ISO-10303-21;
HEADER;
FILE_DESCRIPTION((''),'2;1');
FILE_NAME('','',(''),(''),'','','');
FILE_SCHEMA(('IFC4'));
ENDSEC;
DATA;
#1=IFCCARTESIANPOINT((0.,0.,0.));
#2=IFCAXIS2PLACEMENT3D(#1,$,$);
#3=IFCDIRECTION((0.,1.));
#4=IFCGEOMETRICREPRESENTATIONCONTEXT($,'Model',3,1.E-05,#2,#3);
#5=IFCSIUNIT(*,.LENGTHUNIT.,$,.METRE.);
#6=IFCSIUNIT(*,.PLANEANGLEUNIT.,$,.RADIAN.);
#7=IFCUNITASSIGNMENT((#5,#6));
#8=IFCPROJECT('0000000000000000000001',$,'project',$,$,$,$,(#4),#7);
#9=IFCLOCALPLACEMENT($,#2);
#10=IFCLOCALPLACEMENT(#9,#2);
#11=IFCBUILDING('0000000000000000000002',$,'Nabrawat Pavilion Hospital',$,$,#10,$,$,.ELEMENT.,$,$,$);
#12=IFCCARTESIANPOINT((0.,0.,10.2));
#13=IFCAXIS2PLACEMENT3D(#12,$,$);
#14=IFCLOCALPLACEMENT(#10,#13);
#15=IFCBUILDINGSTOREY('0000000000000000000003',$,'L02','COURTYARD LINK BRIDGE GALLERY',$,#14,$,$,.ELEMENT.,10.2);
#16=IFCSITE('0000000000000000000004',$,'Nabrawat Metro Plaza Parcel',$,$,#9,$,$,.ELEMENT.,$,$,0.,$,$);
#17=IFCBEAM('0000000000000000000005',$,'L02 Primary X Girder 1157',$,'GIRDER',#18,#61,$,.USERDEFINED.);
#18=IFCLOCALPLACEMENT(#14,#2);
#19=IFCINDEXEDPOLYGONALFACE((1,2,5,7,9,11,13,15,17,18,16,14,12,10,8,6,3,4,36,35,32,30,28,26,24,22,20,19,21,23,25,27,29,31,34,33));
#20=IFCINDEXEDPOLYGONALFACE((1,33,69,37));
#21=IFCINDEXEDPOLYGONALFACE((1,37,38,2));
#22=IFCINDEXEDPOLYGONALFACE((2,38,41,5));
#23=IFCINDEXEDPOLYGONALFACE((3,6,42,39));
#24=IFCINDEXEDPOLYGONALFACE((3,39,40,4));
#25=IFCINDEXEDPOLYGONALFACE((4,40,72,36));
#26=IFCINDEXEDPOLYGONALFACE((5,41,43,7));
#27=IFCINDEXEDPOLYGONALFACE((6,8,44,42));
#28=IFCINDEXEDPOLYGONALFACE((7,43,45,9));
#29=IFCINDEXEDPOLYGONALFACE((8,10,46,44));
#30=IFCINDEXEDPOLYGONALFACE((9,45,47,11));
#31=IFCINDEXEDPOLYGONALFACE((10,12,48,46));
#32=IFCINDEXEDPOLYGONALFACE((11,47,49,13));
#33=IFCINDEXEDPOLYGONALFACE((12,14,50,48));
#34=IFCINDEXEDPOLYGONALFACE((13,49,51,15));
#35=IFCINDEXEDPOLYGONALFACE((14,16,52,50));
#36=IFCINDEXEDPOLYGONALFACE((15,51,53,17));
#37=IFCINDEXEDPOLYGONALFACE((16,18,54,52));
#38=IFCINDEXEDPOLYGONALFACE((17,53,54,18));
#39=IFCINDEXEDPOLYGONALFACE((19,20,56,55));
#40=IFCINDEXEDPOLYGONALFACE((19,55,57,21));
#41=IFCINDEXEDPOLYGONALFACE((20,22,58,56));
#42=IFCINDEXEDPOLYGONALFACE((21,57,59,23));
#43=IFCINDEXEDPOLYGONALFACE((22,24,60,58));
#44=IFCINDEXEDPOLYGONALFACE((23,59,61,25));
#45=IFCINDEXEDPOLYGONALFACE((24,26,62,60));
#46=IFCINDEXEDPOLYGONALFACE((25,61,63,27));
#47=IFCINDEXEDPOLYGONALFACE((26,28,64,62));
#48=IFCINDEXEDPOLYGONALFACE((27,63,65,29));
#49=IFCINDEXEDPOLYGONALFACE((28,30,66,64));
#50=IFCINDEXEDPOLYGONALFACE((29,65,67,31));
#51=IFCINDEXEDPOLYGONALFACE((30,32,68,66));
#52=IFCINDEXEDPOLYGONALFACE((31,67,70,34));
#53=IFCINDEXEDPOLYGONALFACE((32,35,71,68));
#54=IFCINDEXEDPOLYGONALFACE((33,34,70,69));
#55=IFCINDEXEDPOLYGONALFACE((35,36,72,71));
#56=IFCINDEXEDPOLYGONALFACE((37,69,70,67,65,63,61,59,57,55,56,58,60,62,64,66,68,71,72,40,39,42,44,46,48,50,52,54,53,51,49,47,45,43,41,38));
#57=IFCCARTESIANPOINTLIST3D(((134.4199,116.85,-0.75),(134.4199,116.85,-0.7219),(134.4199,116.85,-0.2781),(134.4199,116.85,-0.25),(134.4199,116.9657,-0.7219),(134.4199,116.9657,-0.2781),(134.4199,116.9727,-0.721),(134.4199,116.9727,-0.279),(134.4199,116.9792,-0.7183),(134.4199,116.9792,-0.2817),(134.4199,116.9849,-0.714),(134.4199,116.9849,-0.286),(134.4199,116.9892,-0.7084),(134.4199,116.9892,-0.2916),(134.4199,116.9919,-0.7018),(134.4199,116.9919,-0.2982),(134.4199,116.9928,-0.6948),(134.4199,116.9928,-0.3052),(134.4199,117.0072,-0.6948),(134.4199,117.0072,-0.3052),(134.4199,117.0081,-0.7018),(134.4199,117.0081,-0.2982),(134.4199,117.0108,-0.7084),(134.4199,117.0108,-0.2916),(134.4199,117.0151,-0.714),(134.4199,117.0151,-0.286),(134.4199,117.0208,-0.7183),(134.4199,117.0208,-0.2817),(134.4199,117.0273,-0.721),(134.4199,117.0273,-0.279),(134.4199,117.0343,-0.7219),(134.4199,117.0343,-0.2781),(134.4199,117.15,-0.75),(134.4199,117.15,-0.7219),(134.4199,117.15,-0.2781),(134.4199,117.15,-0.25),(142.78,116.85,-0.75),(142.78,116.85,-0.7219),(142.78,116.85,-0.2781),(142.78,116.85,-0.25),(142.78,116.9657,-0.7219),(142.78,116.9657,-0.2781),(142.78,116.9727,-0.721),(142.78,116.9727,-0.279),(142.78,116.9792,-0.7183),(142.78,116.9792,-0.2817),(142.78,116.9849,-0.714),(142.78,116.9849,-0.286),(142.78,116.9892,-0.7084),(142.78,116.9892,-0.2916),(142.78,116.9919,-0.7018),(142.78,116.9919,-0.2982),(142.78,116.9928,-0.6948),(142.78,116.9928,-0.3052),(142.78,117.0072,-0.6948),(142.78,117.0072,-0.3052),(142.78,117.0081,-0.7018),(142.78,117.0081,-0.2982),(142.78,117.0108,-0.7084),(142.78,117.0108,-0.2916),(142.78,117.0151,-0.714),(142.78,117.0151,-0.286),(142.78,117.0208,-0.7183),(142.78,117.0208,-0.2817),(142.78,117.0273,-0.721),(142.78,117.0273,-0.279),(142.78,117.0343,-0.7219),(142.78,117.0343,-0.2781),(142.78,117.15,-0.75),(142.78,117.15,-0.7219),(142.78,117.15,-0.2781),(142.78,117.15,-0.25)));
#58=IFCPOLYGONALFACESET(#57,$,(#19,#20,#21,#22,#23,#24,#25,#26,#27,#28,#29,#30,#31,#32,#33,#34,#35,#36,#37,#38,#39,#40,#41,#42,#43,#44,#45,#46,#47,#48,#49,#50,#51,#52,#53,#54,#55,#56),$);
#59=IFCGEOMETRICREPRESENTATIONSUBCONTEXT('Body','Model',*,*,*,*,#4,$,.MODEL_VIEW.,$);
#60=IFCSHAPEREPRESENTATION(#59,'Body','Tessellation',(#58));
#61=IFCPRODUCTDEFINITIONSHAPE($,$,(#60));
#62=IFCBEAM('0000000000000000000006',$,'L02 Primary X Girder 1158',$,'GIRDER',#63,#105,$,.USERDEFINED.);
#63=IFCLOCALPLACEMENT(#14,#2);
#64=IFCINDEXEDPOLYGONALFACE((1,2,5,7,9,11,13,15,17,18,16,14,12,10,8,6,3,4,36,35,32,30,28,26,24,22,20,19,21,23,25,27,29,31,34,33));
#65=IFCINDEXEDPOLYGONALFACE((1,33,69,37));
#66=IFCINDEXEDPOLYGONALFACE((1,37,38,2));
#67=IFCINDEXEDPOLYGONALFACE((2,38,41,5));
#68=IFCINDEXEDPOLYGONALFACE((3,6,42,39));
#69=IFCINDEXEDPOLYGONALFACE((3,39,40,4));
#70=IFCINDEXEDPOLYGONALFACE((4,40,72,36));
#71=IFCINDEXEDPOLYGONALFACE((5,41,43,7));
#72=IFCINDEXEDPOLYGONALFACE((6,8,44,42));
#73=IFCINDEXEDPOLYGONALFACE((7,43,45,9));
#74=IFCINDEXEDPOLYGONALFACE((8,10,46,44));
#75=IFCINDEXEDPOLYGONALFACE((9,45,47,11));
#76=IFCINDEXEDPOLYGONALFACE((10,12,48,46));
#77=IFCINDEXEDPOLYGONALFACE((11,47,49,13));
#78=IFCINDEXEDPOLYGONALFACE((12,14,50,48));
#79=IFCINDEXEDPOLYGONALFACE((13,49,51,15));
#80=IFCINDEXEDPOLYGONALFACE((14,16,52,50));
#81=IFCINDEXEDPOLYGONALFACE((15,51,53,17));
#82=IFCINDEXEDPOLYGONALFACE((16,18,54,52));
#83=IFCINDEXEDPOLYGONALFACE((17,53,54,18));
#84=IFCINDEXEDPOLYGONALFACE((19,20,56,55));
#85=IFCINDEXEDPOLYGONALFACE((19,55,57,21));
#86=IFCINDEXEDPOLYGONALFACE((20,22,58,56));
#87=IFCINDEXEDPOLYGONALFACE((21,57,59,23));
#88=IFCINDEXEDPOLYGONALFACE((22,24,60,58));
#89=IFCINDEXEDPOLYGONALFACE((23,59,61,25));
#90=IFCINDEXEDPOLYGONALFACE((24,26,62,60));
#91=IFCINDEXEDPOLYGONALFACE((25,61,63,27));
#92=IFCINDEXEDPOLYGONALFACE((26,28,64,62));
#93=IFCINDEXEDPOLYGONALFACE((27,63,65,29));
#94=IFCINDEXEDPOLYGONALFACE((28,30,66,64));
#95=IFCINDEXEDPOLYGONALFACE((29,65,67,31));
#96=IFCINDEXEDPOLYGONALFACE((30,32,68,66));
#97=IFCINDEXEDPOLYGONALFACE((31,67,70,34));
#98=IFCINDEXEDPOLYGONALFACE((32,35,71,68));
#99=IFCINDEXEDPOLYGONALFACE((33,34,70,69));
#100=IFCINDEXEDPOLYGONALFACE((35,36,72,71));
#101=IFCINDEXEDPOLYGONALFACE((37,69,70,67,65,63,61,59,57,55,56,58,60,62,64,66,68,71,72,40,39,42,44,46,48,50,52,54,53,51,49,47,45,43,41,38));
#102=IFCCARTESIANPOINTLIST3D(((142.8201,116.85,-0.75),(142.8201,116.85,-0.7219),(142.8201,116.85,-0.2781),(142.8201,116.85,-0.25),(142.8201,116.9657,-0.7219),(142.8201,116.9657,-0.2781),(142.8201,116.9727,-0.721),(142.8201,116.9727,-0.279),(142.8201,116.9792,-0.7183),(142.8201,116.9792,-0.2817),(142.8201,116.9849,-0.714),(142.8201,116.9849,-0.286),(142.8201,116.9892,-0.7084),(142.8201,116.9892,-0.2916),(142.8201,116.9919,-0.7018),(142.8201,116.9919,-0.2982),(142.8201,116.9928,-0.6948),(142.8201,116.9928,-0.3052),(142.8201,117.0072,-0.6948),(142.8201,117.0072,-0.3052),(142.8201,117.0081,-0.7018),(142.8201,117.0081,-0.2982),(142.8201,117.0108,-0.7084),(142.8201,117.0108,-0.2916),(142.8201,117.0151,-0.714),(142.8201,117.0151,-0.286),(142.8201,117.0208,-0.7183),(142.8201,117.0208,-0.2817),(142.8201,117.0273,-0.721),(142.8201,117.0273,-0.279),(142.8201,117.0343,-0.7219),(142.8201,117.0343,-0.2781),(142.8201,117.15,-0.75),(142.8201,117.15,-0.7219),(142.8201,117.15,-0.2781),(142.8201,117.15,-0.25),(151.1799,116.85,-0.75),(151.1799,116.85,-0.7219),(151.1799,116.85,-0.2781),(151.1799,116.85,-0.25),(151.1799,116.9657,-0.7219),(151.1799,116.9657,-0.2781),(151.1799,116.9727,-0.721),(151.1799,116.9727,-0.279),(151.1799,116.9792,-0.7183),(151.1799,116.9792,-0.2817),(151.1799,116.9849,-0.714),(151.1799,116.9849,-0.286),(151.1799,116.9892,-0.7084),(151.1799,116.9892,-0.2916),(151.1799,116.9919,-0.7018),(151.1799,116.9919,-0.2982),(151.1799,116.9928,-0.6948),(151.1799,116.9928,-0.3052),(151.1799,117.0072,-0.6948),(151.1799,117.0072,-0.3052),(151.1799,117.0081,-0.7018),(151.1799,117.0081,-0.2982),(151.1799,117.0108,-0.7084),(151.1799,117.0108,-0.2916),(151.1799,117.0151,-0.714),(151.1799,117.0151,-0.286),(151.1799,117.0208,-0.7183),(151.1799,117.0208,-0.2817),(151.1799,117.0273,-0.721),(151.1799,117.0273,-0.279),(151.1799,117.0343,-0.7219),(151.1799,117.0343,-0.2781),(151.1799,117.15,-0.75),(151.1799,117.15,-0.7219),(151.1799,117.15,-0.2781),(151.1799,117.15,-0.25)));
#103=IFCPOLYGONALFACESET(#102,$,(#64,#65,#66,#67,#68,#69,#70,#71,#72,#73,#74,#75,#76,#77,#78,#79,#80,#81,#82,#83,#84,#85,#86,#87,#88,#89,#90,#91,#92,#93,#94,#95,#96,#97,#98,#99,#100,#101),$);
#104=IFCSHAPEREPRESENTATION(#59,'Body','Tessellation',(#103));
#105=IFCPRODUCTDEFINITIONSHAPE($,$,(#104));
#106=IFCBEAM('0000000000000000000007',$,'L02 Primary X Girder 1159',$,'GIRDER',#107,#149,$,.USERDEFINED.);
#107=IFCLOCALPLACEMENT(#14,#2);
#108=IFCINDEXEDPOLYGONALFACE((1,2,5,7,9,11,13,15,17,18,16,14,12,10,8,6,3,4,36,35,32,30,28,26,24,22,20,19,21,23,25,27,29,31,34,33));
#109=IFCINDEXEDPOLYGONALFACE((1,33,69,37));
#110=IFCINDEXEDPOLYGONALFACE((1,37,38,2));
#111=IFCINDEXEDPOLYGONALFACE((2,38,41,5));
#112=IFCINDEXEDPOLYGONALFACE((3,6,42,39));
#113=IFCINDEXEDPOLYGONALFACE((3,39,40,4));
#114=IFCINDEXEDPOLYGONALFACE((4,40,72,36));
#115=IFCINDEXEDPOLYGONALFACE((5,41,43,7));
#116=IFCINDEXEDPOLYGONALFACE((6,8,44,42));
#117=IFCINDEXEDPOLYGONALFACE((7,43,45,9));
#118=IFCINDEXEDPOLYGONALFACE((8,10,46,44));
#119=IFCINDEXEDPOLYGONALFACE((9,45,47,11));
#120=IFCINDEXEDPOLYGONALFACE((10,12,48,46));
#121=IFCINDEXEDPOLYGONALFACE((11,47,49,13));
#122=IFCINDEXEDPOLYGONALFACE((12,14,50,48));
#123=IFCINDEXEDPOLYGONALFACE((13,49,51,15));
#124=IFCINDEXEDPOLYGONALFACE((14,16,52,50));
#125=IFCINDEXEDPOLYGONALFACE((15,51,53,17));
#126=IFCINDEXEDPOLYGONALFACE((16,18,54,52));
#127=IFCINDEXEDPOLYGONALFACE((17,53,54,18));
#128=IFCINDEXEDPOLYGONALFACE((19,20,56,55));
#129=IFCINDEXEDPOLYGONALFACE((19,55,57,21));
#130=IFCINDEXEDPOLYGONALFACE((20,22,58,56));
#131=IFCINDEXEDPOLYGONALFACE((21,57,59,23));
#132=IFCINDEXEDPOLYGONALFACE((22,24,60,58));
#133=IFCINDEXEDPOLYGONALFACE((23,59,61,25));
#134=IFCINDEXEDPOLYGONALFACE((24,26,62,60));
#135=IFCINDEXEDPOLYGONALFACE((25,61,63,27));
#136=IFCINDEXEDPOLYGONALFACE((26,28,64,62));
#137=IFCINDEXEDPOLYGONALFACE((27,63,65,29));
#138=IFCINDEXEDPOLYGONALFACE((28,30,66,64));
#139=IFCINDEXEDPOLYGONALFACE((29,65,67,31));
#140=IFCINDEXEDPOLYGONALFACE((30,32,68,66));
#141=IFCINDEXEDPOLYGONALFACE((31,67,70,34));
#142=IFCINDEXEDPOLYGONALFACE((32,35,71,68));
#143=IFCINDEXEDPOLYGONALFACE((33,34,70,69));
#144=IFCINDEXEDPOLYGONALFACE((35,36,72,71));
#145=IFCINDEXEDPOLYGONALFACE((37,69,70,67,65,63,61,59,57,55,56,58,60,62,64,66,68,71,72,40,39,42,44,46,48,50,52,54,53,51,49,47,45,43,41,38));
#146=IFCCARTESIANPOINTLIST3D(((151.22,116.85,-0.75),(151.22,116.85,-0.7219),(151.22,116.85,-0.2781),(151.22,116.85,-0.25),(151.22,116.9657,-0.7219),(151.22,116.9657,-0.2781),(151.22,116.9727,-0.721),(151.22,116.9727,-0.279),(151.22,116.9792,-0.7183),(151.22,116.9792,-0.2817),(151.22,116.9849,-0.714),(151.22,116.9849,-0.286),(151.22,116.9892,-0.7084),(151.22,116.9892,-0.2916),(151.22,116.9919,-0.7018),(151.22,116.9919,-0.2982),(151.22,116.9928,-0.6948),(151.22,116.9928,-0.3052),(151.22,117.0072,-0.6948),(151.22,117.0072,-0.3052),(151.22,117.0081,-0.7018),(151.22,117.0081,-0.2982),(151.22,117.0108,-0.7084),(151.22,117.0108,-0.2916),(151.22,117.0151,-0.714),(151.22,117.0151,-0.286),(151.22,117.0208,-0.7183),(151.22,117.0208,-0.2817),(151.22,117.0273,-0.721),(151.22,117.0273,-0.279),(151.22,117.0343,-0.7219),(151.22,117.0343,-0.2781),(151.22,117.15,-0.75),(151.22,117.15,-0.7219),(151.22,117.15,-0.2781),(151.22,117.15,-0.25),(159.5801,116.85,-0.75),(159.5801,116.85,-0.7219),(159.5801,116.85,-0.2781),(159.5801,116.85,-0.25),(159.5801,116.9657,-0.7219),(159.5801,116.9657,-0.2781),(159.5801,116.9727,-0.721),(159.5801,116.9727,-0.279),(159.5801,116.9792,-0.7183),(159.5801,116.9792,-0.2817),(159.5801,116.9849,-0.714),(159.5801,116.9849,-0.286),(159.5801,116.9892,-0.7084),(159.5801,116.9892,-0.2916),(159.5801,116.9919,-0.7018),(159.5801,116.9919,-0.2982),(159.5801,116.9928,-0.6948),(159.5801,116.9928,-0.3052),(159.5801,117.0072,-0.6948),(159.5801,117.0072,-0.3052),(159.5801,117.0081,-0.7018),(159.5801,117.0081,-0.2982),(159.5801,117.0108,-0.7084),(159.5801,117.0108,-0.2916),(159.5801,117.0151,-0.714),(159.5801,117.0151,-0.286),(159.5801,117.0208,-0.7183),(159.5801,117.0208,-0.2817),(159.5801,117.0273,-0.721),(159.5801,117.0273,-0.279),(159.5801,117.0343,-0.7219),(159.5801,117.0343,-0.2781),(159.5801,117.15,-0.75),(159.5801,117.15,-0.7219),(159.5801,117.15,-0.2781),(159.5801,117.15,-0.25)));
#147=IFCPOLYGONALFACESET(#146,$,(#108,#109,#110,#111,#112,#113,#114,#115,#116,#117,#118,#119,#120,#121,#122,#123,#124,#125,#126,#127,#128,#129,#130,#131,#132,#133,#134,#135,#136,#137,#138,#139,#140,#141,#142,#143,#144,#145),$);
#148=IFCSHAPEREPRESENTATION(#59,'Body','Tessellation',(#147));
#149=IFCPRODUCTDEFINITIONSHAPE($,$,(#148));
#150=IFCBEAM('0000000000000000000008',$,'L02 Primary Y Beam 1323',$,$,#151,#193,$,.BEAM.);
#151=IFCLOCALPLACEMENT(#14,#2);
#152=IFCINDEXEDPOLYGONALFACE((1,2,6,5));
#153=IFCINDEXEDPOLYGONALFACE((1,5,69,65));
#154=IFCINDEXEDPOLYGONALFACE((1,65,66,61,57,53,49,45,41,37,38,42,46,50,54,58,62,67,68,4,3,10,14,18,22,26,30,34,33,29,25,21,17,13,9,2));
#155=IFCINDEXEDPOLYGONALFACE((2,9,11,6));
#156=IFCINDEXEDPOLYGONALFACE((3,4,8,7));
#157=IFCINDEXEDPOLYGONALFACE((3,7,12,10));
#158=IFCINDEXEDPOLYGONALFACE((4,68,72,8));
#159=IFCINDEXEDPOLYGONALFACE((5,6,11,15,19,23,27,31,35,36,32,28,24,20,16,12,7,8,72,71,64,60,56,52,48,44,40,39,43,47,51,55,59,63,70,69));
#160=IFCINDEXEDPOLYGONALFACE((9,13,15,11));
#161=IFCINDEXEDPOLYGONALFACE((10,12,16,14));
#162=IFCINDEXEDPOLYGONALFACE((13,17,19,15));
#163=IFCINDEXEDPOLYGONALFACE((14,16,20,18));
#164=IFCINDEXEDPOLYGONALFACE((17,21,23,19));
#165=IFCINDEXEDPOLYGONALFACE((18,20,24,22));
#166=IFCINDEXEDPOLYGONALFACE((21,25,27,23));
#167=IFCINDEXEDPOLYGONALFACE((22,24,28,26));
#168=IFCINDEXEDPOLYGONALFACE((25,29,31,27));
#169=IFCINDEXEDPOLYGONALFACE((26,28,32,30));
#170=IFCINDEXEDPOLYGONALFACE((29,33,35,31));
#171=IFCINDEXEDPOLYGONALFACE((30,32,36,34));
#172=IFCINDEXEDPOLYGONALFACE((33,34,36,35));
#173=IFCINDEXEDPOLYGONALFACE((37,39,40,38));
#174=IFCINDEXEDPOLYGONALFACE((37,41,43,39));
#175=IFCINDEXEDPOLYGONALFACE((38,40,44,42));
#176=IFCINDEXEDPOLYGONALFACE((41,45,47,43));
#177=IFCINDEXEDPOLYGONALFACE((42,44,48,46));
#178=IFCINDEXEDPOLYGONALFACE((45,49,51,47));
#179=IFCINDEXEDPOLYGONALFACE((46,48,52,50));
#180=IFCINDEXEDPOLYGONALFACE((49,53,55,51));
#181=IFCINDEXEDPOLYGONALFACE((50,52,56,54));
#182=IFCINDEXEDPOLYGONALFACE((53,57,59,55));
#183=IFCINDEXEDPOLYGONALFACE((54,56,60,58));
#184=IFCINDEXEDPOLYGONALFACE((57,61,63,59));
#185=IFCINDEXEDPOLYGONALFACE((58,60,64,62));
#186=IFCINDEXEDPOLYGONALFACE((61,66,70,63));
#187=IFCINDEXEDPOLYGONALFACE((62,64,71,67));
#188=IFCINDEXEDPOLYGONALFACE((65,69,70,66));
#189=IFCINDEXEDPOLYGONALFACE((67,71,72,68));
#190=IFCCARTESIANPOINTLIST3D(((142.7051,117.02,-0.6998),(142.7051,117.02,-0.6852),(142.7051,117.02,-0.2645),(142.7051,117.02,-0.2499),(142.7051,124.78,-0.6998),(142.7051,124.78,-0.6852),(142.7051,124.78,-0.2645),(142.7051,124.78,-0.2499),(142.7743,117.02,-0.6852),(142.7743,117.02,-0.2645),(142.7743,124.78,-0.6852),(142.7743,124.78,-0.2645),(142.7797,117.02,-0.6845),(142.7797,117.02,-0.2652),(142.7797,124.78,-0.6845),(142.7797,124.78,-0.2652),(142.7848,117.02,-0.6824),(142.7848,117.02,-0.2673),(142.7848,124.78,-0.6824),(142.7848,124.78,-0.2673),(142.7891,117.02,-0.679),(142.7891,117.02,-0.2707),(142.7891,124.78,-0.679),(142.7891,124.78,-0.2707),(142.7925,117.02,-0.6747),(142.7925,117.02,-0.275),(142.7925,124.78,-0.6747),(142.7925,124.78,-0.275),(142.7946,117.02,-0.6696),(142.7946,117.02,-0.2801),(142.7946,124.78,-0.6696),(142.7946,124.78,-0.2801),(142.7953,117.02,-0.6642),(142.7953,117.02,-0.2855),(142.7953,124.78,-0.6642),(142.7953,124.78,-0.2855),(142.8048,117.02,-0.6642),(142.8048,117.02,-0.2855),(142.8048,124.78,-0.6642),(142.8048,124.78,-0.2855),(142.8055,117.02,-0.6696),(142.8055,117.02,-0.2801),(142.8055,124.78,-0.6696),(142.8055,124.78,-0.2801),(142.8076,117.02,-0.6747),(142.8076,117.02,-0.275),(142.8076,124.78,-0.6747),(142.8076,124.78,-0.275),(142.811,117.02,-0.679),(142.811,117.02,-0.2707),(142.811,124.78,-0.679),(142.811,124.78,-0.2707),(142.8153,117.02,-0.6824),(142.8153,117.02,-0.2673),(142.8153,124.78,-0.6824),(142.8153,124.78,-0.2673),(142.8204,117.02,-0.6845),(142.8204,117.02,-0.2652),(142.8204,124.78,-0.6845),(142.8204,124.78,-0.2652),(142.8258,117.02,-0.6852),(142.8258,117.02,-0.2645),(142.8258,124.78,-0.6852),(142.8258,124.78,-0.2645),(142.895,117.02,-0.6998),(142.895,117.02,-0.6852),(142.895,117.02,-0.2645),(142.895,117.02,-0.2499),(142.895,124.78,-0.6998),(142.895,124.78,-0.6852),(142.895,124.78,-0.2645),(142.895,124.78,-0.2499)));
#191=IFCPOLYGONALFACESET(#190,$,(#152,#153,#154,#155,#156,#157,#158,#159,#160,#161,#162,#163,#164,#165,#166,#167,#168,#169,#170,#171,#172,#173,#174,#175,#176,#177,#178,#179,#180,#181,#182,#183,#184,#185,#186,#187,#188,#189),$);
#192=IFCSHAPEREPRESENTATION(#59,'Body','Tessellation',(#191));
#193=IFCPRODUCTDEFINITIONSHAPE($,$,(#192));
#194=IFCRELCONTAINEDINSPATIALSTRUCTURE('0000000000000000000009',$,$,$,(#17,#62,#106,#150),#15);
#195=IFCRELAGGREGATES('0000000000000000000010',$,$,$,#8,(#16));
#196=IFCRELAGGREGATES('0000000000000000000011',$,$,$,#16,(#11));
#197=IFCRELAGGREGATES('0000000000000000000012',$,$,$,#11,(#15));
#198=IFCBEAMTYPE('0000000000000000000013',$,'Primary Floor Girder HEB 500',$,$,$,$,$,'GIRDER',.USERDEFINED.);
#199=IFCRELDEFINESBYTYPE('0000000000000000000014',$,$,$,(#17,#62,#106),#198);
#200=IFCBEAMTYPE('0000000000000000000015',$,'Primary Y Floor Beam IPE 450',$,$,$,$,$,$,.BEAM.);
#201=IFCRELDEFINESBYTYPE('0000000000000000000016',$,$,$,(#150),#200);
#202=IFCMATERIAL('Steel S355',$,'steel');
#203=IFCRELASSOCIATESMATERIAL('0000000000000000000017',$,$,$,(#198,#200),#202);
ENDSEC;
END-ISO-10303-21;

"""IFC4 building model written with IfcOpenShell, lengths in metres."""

from ifc_helpers import new_model, si_unit, direction, frame, origin, origin_2d, place, context, subcontext, project, spatial, i_section, extrude, material, material_profile, profile_set, type_object, element, save


model = new_model("IFC4")

# Units and contexts
model_context = context("Model", 3, precision=1e-05, world=origin(), true_north=direction((0.0, 1.0)))
body_context = subcontext(model_context, "Body", "Model", "MODEL_VIEW")
ifc_project = project(units=[si_unit("LENGTHUNIT", "METRE"), si_unit("PLANEANGLEUNIT", "RADIAN")], contexts=[model_context])

# Site, building, storey
site_placement = place(None, origin())
site = spatial("IfcSite", under=ifc_project, at=site_placement, Name="Nabrawat Metro Plaza Parcel", CompositionType="ELEMENT", RefElevation=0.0)
building_placement = place(site_placement, origin())
building = spatial("IfcBuilding", under=site, at=building_placement, Name="Nabrawat Pavilion Hospital", CompositionType="ELEMENT")
storey_placement = place(building_placement, frame((0.0, 0.0, 10.2)))
storey = spatial("IfcBuildingStorey", under=building, at=storey_placement, Name="L02", Description="COURTYARD LINK BRIDGE GALLERY", CompositionType="ELEMENT", Elevation=10.2)

# Beams
ifc_material_1 = material(Name="Steel S355", Category="steel")
ifc_material_profile_1 = material_profile(ifc_material_1, i_section(OverallWidth=0.3, OverallDepth=0.5, WebThickness=0.0144, FlangeThickness=0.0281, FilletRadius=0.0271, at=origin_2d()), Name="HEB 500")
ifc_profile_set_1 = profile_set([ifc_material_profile_1], Name="Steel S355")
beam_type_1 = type_object("IfcBeamType", Name="Primary Floor Girder HEB 500", ElementType="GIRDER", PredefinedType="USERDEFINED", material=ifc_profile_set_1)
beam_1_placement = place(storey_placement, frame((134.4199, 117.0, -0.5), z_axis=(1.0, 0.0, 0.0), x_axis=(0.0, 1.0, 0.0)))
element("IfcBeam", 1, at=beam_1_placement, inside=storey, type_object=beam_type_1, Name="L02 Primary X Girder 1157", ObjectType="GIRDER", PredefinedType="USERDEFINED", context=body_context, shape_type="SweptSolid", body=[
    extrude(i_section(OverallWidth=0.3, OverallDepth=0.5, WebThickness=0.0144, FlangeThickness=0.0281, FilletRadius=0.0271, at=origin_2d()), origin(), (0.0, 0.0, 1.0), 8.3601),
])
beam_2_placement = place(storey_placement, frame((142.8201, 117.0, -0.5), z_axis=(1.0, 0.0, 0.0), x_axis=(0.0, 1.0, 0.0)))
element("IfcBeam", 2, at=beam_2_placement, inside=storey, type_object=beam_type_1, Name="L02 Primary X Girder 1158", ObjectType="GIRDER", PredefinedType="USERDEFINED", context=body_context, shape_type="SweptSolid", body=[
    extrude(i_section(OverallWidth=0.3, OverallDepth=0.5, WebThickness=0.0144, FlangeThickness=0.0281, FilletRadius=0.0271, at=origin_2d()), origin(), (0.0, 0.0, 1.0), 8.3599),
])
beam_3_placement = place(storey_placement, frame((151.22, 117.0, -0.5), z_axis=(1.0, 0.0, 0.0), x_axis=(0.0, 1.0, 0.0)))
element("IfcBeam", 3, at=beam_3_placement, inside=storey, type_object=beam_type_1, Name="L02 Primary X Girder 1159", ObjectType="GIRDER", PredefinedType="USERDEFINED", context=body_context, shape_type="SweptSolid", body=[
    extrude(i_section(OverallWidth=0.3, OverallDepth=0.5, WebThickness=0.0144, FlangeThickness=0.0281, FilletRadius=0.0271, at=origin_2d()), origin(), (0.0, 0.0, 1.0), 8.3601),
])
ifc_material_profile_2 = material_profile(ifc_material_1, i_section(OverallWidth=0.1899, OverallDepth=0.45, WebThickness=0.0095, FlangeThickness=0.0146, FilletRadius=0.021, at=origin_2d()), Name="IPE 450")
ifc_profile_set_2 = profile_set([ifc_material_profile_2], Name="Steel S355")
beam_type_2 = type_object("IfcBeamType", Name="Primary Y Floor Beam IPE 450", PredefinedType="BEAM", material=ifc_profile_set_2)
for number, where, z_axis, x_axis, name in (
    (4, (142.8, 117.02, -0.4749), (0.0, 1.0, 0.0), (-1.0, 0.0, 0.0), "L02 Primary Y Beam 1323"),
):
    element("IfcBeam", number, at=place(storey_placement, frame(where, z_axis=z_axis, x_axis=x_axis)), inside=storey, type_object=beam_type_2, Name=name, PredefinedType="BEAM", context=body_context, shape_type="SweptSolid", body=[
        extrude(i_section(OverallWidth=0.1899, OverallDepth=0.45, WebThickness=0.0095, FlangeThickness=0.0146, FilletRadius=0.021, at=origin_2d()), origin(), (0.0, 0.0, 1.0), 7.76),
    ])

save(model, "model.ifc")
